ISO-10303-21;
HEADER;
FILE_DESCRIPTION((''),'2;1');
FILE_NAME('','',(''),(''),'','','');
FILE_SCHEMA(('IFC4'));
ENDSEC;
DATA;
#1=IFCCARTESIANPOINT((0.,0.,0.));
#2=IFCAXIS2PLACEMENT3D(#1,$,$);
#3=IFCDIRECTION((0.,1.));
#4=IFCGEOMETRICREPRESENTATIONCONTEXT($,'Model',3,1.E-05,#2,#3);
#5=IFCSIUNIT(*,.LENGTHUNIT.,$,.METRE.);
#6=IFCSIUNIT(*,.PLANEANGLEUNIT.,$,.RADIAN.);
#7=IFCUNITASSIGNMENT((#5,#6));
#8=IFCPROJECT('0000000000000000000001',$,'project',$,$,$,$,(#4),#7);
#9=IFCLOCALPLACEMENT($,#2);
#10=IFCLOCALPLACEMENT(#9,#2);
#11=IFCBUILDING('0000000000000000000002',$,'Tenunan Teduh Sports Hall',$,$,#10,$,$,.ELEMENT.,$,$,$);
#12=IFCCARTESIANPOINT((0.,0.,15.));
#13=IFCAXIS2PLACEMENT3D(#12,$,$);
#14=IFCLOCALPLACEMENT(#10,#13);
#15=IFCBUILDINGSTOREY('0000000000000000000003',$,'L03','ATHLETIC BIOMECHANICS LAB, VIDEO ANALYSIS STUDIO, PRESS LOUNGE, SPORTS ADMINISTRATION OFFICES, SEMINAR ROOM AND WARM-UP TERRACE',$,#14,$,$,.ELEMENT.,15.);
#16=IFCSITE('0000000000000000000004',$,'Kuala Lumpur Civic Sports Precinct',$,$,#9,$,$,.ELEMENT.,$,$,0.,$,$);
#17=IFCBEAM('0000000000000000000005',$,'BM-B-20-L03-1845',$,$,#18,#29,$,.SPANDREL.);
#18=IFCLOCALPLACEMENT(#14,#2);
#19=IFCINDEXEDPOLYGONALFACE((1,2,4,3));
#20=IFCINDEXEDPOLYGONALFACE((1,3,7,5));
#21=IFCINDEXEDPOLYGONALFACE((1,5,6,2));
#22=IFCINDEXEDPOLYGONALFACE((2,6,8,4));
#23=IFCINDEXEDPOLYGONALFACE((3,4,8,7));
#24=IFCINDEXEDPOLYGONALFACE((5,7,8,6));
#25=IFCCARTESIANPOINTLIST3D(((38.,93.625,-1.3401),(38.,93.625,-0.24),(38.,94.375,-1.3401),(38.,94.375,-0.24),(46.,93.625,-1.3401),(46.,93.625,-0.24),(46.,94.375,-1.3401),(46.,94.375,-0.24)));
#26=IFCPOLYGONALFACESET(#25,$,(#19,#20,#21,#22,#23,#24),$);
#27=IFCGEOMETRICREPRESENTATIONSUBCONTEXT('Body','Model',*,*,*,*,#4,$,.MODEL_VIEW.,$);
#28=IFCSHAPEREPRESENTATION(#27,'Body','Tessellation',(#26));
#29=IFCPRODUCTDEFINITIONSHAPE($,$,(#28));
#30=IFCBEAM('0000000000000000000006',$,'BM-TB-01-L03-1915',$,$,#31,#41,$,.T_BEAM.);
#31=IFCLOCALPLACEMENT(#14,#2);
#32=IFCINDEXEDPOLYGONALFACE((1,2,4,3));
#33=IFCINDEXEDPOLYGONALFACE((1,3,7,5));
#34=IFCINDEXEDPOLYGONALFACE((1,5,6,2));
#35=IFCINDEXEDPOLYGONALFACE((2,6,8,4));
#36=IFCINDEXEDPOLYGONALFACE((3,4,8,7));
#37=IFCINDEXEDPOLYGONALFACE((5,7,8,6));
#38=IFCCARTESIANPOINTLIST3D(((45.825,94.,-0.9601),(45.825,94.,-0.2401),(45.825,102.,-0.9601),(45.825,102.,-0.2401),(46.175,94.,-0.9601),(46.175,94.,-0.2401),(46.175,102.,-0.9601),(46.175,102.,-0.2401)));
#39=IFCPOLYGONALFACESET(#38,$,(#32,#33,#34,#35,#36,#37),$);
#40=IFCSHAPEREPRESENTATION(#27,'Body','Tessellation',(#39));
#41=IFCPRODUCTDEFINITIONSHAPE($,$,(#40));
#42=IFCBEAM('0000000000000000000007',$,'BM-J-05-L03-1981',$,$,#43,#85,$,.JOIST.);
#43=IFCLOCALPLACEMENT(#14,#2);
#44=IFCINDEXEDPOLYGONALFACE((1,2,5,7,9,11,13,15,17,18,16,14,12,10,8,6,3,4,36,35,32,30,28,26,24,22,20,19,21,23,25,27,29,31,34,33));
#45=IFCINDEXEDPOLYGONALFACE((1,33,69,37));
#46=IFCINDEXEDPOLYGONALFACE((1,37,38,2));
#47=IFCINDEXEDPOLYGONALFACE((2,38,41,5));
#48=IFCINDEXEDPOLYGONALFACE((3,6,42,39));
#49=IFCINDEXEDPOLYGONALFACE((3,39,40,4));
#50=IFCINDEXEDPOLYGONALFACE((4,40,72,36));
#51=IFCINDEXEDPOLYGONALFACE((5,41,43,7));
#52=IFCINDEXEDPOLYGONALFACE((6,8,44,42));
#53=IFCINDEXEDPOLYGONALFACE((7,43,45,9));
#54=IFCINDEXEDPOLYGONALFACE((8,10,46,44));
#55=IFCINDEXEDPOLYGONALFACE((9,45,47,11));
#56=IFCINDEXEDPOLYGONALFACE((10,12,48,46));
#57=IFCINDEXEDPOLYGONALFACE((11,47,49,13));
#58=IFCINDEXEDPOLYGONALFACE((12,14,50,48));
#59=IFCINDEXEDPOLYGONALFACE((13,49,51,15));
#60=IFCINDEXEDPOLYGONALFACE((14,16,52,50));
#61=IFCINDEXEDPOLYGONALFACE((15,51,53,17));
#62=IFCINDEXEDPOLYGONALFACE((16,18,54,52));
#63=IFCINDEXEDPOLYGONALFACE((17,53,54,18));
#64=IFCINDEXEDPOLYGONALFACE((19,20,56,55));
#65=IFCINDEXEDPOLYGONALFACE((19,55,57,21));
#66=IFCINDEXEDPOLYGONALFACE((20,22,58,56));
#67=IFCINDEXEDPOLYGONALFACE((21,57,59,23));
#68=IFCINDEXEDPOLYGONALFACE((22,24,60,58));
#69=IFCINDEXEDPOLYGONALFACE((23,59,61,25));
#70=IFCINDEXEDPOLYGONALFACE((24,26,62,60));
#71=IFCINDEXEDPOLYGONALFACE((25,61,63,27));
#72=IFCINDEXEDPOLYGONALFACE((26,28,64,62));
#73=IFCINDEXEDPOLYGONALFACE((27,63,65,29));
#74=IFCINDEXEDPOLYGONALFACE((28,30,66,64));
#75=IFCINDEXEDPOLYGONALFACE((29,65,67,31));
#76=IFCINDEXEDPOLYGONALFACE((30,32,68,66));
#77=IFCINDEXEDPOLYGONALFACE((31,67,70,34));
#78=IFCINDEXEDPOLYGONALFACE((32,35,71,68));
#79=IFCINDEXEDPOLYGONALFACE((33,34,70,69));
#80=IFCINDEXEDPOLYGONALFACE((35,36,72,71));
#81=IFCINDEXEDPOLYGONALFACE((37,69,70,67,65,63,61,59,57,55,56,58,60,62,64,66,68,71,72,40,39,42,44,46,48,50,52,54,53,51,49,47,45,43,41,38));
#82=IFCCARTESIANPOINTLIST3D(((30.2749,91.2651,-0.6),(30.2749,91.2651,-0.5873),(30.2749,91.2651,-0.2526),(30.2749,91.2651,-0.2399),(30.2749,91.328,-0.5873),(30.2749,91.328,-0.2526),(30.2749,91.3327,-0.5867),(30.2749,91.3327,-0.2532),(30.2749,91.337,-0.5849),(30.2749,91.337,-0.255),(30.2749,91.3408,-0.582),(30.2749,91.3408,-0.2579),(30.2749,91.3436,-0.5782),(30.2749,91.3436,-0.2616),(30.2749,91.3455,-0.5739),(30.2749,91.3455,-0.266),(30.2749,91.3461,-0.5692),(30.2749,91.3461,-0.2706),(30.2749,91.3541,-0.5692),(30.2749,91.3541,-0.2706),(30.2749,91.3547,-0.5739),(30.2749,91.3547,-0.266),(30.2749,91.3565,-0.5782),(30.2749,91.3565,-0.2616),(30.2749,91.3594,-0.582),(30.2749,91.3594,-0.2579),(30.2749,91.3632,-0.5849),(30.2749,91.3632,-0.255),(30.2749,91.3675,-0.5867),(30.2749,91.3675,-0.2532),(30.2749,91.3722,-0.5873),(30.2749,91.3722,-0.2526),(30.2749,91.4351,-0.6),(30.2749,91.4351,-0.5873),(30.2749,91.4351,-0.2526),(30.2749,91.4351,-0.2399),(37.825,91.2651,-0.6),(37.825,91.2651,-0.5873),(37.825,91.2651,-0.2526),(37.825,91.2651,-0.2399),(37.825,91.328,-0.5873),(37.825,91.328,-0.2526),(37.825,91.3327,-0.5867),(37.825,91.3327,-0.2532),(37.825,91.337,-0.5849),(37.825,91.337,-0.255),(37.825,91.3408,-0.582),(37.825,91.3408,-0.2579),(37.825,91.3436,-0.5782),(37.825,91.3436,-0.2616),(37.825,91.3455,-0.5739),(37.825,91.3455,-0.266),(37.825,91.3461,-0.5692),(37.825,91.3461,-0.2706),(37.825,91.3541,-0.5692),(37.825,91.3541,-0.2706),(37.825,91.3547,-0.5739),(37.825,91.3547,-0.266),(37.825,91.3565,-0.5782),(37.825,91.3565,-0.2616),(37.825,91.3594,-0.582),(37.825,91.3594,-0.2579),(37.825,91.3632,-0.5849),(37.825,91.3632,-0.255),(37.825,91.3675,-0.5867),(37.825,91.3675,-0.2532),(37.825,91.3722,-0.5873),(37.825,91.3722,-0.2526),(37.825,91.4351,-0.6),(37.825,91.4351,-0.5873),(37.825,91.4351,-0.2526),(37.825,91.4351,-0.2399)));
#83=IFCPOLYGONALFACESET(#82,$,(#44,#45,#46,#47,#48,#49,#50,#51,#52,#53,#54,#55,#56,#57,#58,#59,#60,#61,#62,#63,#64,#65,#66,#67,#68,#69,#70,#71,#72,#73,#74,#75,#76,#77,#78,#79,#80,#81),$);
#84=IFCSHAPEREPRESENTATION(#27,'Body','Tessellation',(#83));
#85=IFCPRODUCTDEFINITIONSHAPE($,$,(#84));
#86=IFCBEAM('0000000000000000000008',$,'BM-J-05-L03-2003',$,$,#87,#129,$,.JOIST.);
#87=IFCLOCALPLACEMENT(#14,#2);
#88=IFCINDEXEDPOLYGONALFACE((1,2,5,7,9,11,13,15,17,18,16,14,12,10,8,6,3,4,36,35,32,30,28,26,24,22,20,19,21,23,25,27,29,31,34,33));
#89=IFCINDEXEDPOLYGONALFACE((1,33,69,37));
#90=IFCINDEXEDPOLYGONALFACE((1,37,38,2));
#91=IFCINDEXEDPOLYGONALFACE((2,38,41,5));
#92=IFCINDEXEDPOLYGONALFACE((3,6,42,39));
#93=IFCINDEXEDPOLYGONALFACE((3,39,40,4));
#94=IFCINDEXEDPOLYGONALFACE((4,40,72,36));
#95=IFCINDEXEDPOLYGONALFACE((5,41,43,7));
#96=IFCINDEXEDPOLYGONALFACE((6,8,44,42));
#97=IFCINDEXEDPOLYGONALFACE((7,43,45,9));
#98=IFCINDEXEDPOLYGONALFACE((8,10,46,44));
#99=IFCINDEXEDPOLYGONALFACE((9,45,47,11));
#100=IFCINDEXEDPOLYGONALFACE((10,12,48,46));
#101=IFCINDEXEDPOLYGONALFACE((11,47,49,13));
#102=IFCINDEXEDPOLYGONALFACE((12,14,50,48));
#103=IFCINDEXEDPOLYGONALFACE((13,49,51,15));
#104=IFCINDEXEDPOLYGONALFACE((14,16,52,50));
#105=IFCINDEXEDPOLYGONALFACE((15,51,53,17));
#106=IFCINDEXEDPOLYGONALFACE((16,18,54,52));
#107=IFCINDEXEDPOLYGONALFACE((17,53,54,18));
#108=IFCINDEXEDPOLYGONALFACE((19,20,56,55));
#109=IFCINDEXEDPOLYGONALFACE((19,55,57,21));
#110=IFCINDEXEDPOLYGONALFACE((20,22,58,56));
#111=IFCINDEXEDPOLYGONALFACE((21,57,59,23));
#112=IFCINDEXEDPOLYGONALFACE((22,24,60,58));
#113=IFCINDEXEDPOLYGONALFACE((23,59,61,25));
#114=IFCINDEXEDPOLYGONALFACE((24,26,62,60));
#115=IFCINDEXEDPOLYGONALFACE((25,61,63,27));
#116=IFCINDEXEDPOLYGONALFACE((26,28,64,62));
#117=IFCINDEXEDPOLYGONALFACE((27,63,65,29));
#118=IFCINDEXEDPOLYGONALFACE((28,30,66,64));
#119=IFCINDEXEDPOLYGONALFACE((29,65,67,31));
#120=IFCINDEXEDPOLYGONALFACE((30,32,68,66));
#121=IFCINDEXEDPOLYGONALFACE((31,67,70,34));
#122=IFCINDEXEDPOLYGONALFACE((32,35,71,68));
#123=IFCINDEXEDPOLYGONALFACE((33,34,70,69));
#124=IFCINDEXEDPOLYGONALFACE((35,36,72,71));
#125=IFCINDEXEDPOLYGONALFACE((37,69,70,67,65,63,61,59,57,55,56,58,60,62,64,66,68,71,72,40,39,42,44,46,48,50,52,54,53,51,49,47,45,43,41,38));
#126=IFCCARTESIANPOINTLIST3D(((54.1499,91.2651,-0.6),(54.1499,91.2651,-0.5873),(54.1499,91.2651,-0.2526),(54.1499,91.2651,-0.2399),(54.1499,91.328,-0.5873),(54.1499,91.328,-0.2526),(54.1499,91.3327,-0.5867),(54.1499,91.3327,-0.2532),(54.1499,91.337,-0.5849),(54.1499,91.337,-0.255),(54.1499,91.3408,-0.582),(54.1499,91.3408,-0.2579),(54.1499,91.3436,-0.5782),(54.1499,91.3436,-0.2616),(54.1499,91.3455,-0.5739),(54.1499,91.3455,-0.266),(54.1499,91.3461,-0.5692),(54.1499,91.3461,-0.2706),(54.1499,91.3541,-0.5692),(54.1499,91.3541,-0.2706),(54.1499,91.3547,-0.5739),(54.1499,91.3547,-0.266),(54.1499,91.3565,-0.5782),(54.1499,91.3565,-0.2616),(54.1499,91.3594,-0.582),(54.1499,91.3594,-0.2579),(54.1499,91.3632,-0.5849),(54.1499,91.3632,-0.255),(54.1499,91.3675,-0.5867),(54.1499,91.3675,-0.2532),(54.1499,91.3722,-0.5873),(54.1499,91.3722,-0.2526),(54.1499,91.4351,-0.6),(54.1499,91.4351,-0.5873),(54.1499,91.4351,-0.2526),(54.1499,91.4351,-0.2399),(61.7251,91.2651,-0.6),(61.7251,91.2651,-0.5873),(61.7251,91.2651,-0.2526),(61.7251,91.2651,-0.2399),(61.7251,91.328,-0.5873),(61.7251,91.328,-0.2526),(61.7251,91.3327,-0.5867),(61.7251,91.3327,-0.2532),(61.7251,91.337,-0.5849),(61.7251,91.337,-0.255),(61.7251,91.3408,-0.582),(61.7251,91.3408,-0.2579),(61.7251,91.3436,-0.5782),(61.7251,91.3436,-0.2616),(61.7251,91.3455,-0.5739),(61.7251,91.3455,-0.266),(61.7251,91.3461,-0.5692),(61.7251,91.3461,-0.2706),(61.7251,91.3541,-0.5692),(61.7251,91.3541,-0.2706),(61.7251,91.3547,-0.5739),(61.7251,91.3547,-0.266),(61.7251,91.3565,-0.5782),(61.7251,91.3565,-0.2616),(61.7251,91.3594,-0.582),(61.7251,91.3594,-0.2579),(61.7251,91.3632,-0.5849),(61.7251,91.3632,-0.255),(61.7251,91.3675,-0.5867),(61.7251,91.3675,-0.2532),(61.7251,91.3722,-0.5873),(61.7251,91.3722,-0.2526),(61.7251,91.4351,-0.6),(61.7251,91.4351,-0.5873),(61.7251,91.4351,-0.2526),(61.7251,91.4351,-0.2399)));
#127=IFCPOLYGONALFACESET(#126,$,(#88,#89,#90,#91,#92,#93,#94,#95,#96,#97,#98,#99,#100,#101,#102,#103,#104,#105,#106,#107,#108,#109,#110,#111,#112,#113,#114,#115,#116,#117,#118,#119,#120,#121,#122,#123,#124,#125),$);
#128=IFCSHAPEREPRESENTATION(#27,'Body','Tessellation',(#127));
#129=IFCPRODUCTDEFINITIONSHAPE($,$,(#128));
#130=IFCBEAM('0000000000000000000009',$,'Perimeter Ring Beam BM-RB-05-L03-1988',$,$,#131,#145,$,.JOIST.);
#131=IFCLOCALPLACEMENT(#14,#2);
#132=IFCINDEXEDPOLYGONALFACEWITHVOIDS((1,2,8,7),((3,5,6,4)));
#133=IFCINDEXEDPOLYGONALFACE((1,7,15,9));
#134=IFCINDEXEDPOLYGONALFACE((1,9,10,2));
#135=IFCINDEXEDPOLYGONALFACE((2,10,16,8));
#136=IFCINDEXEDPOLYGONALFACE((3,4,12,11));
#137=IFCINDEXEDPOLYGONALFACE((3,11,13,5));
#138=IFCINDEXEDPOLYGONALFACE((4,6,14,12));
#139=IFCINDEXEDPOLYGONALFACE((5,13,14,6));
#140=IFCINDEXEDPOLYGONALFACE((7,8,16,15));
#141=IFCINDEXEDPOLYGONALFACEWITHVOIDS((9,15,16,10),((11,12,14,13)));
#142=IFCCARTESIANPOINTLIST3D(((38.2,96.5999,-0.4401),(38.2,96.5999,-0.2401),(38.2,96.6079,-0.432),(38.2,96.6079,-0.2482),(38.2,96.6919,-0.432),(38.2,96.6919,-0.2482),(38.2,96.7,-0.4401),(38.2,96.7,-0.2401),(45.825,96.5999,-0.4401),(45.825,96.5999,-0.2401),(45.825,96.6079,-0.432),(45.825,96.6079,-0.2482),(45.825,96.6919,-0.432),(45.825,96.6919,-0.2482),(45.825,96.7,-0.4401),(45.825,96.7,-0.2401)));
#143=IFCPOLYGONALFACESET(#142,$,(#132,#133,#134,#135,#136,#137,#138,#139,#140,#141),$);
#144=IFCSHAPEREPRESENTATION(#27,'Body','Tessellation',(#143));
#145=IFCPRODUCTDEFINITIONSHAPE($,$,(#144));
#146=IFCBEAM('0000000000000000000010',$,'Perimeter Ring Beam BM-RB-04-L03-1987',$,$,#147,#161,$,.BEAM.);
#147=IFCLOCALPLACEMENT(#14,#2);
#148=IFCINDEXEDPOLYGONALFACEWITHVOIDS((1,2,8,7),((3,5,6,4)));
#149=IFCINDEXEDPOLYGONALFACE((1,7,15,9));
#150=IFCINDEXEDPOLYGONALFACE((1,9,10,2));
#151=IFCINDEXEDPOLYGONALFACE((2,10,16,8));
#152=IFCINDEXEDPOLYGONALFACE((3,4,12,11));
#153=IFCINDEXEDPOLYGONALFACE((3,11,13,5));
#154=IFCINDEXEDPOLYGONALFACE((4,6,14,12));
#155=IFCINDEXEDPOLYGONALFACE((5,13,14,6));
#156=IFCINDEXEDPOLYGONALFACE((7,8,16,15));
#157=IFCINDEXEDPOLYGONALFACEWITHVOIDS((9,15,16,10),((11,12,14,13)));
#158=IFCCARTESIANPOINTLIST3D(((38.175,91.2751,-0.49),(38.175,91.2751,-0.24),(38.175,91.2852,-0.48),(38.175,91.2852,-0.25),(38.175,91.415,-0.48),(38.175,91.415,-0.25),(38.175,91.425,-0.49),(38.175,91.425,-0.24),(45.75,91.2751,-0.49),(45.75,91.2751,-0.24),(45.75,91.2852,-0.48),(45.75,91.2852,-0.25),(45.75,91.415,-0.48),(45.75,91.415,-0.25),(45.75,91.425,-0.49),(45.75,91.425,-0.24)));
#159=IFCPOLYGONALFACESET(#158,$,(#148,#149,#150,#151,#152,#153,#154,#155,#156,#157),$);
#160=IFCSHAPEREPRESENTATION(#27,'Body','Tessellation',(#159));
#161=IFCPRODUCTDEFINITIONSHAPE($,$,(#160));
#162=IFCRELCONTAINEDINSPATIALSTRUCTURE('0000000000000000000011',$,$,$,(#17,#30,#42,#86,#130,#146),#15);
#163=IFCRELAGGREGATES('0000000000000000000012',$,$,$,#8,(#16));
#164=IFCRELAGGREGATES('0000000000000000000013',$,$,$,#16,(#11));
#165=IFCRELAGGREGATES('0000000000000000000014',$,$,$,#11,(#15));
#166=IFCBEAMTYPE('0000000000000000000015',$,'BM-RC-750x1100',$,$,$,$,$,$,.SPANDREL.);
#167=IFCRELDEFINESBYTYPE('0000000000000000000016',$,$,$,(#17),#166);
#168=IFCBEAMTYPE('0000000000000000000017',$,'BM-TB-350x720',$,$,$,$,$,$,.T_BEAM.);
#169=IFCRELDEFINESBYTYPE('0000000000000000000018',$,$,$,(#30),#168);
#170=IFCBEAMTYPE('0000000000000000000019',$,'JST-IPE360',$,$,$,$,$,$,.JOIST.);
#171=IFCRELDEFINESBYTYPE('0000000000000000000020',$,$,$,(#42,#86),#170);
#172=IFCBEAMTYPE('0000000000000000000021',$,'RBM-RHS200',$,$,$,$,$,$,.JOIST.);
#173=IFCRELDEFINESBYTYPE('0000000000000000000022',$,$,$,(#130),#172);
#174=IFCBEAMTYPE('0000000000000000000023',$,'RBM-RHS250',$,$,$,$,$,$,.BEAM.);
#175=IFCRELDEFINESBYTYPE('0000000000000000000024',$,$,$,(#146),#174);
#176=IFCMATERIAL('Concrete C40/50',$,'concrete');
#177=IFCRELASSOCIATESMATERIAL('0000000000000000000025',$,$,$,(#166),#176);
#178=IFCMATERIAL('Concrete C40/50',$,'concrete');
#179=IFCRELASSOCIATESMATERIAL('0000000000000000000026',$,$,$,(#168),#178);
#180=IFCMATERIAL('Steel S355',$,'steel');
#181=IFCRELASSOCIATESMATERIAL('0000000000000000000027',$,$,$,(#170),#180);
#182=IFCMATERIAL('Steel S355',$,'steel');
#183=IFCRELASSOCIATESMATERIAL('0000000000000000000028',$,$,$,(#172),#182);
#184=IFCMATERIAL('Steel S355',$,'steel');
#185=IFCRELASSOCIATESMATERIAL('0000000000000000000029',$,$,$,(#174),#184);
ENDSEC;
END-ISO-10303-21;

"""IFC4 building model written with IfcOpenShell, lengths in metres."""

from ifc_helpers import new_model, si_unit, direction, frame, origin, origin_2d, place, context, subcontext, project, spatial, rectangle, hollow_rectangle, i_section, extrude, material, material_profile, profile_set, type_object, element, save


model = new_model("IFC4")

# Units and contexts
model_context = context("Model", 3, precision=1e-05, world=origin(), true_north=direction((0.0, 1.0)))
body_context = subcontext(model_context, "Body", "Model", "MODEL_VIEW")
ifc_project = project(units=[si_unit("LENGTHUNIT", "METRE"), si_unit("PLANEANGLEUNIT", "RADIAN")], contexts=[model_context])

# Site, building, storey
site_placement = place(None, origin())
site = spatial("IfcSite", under=ifc_project, at=site_placement, Name="Kuala Lumpur Civic Sports Precinct", CompositionType="ELEMENT", RefElevation=0.0)
building_placement = place(site_placement, origin())
building = spatial("IfcBuilding", under=site, at=building_placement, Name="Tenunan Teduh Sports Hall", CompositionType="ELEMENT")
storey_placement = place(building_placement, frame((0.0, 0.0, 15.0)))
storey = spatial("IfcBuildingStorey", under=building, at=storey_placement, Name="L03", Description="ATHLETIC BIOMECHANICS LAB, VIDEO ANALYSIS STUDIO, PRESS LOUNGE, SPORTS ADMINISTRATION OFFICES, SEMINAR ROOM AND WARM-UP TERRACE", CompositionType="ELEMENT", Elevation=15.0)

# Beams
ifc_material_1 = material(Name="Concrete C40/50", Category="concrete")
ifc_material_profile_1 = material_profile(ifc_material_1, rectangle(XDim=0.75, YDim=1.1001, at=origin_2d()), Name="RCB 750x1100")
ifc_profile_set_1 = profile_set([ifc_material_profile_1], Name="Concrete C40/50")
beam_type_1 = type_object("IfcBeamType", Name="BM-RC-750x1100", PredefinedType="SPANDREL", material=ifc_profile_set_1)
beam_1_placement = place(storey_placement, frame((38.0, 94.0, -0.79), z_axis=(1.0, 0.0, 0.0), x_axis=(0.0, 1.0, 0.0)))
element("IfcBeam", 1, at=beam_1_placement, inside=storey, type_object=beam_type_1, Name="BM-B-20-L03-1845", PredefinedType="SPANDREL", context=body_context, shape_type="SweptSolid", body=[
    extrude(rectangle(XDim=0.75, YDim=1.1001, at=origin_2d()), origin(), (0.0, 0.0, 1.0), 8.0),
])
ifc_material_2 = material(Name="Concrete C40/50", Category="concrete")
ifc_material_profile_2 = material_profile(ifc_material_2, rectangle(XDim=0.3501, YDim=0.72, at=origin_2d()), Name="TB 350x720")
ifc_profile_set_2 = profile_set([ifc_material_profile_2], Name="Concrete C40/50")
beam_type_2 = type_object("IfcBeamType", Name="BM-TB-350x720", PredefinedType="T_BEAM", material=ifc_profile_set_2)
beam_2_placement = place(storey_placement, frame((46.0, 94.0, -0.6001), z_axis=(0.0, 1.0, 0.0), x_axis=(-1.0, 0.0, 0.0)))
element("IfcBeam", 2, at=beam_2_placement, inside=storey, type_object=beam_type_2, Name="BM-TB-01-L03-1915", PredefinedType="T_BEAM", context=body_context, shape_type="SweptSolid", body=[
    extrude(rectangle(XDim=0.3501, YDim=0.72, at=origin_2d()), origin(), (0.0, 0.0, 1.0), 8.0),
])
ifc_material_3 = material(Name="Steel S355", Category="steel")
ifc_material_profile_3 = material_profile(ifc_material_3, i_section(OverallWidth=0.1699, OverallDepth=0.3601, WebThickness=0.0081, FlangeThickness=0.0127, FilletRadius=0.0181, at=origin_2d()), Name="IPE 360")
ifc_profile_set_3 = profile_set([ifc_material_profile_3], Name="Steel S355")
beam_type_3 = type_object("IfcBeamType", Name="JST-IPE360", PredefinedType="JOIST", material=ifc_profile_set_3)
beam_3_placement = place(storey_placement, frame((30.2749, 91.3501, -0.4199), z_axis=(1.0, 0.0, 0.0), x_axis=(0.0, 1.0, 0.0)))
element("IfcBeam", 3, at=beam_3_placement, inside=storey, type_object=beam_type_3, Name="BM-J-05-L03-1981", PredefinedType="JOIST", context=body_context, shape_type="SweptSolid", body=[
    extrude(i_section(OverallWidth=0.1699, OverallDepth=0.3601, WebThickness=0.0081, FlangeThickness=0.0127, FilletRadius=0.0181, at=origin_2d()), origin(), (0.0, 0.0, 1.0), 7.55),
])
beam_4_placement = place(storey_placement, frame((54.1499, 91.3501, -0.4199), z_axis=(1.0, 0.0, 0.0), x_axis=(0.0, 1.0, 0.0)))
element("IfcBeam", 4, at=beam_4_placement, inside=storey, type_object=beam_type_3, Name="BM-J-05-L03-2003", PredefinedType="JOIST", context=body_context, shape_type="SweptSolid", body=[
    extrude(i_section(OverallWidth=0.1699, OverallDepth=0.3601, WebThickness=0.0081, FlangeThickness=0.0127, FilletRadius=0.0181, at=origin_2d()), origin(), (0.0, 0.0, 1.0), 7.5752),
])
ifc_material_4 = material(Name="Steel S355", Category="steel")
ifc_material_profile_4 = material_profile(ifc_material_4, hollow_rectangle(XDim=0.1001, YDim=0.2, WallThickness=0.0081, at=origin_2d()), Name="RHS 200x100x8.0")
ifc_profile_set_4 = profile_set([ifc_material_profile_4], Name="Steel S355")
beam_type_4 = type_object("IfcBeamType", Name="RBM-RHS200", PredefinedType="JOIST", material=ifc_profile_set_4)
beam_5_placement = place(storey_placement, frame((38.2, 96.6499, -0.3401), z_axis=(1.0, 0.0, 0.0), x_axis=(0.0, 1.0, 0.0)))
element("IfcBeam", 5, at=beam_5_placement, inside=storey, type_object=beam_type_4, Name="Perimeter Ring Beam BM-RB-05-L03-1988", PredefinedType="JOIST", context=body_context, shape_type="SweptSolid", body=[
    extrude(hollow_rectangle(XDim=0.1001, YDim=0.2, WallThickness=0.0081, at=origin_2d()), origin(), (0.0, 0.0, 1.0), 7.625),
])
ifc_material_5 = material(Name="Steel S355", Category="steel")
ifc_material_profile_5 = material_profile(ifc_material_5, hollow_rectangle(XDim=0.1499, YDim=0.25, WallThickness=0.01, at=origin_2d()), Name="RHS 250x150x10.0")
ifc_profile_set_5 = profile_set([ifc_material_profile_5], Name="Steel S355")
beam_type_5 = type_object("IfcBeamType", Name="RBM-RHS250", PredefinedType="BEAM", material=ifc_profile_set_5)
beam_6_placement = place(storey_placement, frame((38.175, 91.3501, -0.365), z_axis=(1.0, 0.0, 0.0), x_axis=(0.0, 1.0, 0.0)))
element("IfcBeam", 6, at=beam_6_placement, inside=storey, type_object=beam_type_5, Name="Perimeter Ring Beam BM-RB-04-L03-1987", PredefinedType="BEAM", context=body_context, shape_type="SweptSolid", body=[
    extrude(hollow_rectangle(XDim=0.1499, YDim=0.25, WallThickness=0.01, at=origin_2d()), origin(), (0.0, 0.0, 1.0), 7.575),
])

save(model, "model.ifc")
